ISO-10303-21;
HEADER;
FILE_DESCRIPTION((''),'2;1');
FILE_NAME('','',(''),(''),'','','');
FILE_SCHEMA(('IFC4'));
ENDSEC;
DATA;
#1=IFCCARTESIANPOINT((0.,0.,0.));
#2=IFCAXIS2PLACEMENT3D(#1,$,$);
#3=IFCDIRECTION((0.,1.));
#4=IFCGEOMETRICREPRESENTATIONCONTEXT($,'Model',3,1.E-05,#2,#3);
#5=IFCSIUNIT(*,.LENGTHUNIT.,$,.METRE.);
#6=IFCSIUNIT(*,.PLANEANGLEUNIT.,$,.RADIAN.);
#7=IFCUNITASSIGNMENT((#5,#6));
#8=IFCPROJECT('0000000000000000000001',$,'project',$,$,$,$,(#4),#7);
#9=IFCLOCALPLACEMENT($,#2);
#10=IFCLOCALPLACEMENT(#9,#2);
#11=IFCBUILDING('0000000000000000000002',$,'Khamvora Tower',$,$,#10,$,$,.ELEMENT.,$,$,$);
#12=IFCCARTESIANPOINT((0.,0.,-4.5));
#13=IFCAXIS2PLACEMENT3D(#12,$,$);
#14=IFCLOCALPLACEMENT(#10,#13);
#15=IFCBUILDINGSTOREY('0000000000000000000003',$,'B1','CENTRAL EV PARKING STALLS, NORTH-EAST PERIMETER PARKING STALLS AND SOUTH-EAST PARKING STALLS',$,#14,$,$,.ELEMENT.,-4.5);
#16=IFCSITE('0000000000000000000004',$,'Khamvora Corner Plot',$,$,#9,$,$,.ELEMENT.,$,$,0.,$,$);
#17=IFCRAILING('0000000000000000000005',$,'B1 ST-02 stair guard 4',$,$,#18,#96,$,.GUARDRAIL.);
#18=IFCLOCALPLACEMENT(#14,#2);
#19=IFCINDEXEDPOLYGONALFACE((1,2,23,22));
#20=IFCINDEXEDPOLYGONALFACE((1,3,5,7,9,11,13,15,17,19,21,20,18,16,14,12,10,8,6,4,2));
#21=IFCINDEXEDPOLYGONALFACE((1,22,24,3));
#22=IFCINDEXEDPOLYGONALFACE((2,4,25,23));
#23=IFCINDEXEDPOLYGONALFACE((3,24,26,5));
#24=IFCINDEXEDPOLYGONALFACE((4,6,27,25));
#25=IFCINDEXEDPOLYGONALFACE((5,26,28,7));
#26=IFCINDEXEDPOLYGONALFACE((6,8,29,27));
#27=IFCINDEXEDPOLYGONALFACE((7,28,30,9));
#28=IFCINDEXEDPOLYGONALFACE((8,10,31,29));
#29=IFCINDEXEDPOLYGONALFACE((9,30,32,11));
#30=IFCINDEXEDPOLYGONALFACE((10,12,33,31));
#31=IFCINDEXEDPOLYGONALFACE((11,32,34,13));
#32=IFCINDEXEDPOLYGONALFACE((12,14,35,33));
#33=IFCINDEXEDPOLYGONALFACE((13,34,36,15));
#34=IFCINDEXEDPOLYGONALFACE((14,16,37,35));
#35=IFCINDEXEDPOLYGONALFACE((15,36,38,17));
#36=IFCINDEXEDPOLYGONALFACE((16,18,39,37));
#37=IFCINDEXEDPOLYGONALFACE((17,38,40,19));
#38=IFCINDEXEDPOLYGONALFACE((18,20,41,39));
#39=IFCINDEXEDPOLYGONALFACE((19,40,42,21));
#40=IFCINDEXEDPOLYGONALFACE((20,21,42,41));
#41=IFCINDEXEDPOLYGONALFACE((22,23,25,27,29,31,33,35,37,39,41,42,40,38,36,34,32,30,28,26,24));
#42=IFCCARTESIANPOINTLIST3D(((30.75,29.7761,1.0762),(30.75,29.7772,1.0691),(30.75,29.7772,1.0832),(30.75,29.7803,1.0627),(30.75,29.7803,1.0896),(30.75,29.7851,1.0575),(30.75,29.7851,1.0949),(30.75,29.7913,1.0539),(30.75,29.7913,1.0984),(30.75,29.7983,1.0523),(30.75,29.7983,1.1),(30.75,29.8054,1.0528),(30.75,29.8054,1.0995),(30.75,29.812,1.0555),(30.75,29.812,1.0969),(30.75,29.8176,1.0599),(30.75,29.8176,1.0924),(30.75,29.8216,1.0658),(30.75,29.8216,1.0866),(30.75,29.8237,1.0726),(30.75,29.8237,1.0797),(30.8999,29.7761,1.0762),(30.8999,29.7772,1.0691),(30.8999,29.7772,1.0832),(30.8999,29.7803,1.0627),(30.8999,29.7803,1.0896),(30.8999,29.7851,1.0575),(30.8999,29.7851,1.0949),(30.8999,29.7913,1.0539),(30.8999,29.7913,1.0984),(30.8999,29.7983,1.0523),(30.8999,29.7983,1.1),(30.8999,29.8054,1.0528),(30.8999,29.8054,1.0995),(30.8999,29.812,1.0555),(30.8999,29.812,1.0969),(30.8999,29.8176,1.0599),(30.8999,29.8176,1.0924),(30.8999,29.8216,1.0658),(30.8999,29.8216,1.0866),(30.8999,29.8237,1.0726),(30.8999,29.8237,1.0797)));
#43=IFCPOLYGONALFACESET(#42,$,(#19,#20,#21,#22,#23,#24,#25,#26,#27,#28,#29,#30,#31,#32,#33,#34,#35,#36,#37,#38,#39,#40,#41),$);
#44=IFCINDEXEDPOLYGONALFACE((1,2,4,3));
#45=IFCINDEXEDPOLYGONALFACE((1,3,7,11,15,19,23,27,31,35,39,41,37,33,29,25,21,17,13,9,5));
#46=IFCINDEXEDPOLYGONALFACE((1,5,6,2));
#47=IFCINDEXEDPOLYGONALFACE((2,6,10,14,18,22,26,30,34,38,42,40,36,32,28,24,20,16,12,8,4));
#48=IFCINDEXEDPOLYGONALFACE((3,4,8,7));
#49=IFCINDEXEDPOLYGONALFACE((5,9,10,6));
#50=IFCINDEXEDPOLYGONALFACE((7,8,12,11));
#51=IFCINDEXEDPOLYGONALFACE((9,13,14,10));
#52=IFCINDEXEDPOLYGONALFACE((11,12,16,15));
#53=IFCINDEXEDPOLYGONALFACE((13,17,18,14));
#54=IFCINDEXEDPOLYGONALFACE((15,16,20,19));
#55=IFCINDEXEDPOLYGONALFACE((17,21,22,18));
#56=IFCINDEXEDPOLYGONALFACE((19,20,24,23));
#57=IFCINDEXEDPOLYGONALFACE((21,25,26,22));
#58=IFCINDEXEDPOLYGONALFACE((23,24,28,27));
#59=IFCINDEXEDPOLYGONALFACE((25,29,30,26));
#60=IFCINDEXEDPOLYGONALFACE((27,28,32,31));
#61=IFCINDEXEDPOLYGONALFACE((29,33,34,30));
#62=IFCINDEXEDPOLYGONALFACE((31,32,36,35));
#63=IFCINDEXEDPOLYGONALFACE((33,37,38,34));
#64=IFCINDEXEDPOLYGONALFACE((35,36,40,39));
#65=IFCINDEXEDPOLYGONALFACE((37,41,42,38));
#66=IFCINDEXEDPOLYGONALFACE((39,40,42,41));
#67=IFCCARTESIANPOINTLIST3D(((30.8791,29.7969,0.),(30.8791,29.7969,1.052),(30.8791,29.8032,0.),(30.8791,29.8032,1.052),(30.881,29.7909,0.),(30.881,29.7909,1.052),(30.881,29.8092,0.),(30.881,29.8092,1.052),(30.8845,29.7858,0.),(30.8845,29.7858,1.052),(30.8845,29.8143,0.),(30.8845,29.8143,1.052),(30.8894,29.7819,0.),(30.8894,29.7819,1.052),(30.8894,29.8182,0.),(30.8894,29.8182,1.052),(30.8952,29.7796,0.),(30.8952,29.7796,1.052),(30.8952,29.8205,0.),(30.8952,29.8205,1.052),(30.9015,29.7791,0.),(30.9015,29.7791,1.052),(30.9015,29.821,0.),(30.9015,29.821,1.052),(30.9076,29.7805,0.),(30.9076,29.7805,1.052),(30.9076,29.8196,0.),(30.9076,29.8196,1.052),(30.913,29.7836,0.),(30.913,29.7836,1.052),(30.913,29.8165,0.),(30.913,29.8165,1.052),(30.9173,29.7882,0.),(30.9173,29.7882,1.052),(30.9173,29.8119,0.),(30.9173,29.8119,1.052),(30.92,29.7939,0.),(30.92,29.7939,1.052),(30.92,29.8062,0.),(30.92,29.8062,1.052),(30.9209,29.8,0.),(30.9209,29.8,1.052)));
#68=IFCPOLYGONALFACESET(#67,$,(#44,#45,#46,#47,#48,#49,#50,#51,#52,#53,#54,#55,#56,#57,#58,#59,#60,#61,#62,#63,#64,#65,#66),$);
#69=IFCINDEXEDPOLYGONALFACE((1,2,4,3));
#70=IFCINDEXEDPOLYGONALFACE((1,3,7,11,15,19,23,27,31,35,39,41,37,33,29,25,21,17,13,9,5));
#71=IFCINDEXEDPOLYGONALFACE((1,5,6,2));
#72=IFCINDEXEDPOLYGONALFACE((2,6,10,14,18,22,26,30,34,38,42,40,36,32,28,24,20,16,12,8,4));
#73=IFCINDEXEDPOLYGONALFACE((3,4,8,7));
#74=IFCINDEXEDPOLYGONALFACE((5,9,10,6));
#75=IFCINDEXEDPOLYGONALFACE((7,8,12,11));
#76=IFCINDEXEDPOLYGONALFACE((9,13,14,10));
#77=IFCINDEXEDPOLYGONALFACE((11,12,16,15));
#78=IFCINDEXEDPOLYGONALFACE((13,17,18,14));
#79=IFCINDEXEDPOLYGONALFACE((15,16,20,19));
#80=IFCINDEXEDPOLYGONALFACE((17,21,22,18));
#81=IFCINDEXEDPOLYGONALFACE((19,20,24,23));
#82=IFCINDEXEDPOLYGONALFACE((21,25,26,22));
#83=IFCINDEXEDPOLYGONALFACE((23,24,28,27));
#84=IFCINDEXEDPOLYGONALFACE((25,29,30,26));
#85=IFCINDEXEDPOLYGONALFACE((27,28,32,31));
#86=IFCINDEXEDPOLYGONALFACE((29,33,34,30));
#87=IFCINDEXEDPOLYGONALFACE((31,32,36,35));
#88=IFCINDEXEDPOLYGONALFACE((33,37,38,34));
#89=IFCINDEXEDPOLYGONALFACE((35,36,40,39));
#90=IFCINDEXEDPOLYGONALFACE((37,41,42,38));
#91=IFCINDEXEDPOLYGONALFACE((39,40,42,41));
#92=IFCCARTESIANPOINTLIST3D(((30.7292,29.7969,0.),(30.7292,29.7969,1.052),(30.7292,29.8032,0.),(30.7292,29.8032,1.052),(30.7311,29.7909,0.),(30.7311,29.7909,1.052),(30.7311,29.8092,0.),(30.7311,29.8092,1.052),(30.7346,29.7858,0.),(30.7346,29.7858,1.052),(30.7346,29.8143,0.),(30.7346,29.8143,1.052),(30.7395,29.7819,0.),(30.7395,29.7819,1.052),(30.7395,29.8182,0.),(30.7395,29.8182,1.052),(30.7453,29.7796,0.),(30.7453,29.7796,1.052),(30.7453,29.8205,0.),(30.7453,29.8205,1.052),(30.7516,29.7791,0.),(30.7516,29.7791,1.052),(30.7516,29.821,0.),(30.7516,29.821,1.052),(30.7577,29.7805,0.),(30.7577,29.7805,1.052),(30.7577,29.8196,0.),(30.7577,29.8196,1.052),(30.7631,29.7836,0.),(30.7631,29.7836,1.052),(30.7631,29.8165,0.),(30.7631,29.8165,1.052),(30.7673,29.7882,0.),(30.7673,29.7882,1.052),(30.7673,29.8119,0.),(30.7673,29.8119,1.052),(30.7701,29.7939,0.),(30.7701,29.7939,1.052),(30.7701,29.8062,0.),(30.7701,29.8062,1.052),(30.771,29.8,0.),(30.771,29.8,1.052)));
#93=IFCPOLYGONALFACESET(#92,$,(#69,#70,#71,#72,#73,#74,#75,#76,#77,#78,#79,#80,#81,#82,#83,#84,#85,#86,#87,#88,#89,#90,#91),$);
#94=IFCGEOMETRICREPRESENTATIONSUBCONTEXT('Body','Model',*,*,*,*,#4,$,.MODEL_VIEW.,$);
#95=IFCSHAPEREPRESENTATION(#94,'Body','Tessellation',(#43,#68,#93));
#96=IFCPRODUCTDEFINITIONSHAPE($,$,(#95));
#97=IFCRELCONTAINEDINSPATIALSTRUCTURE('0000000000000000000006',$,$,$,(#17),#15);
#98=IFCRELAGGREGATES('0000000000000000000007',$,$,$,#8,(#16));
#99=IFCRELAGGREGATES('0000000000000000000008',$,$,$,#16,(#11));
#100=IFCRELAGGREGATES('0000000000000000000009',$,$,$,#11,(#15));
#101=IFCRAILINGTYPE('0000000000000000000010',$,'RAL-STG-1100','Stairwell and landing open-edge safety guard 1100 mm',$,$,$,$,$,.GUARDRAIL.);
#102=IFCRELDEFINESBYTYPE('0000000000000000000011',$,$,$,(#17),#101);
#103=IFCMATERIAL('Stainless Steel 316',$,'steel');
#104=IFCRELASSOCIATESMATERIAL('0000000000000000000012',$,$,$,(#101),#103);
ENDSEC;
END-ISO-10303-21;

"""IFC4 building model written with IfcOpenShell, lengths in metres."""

from ifc_helpers import new_model, si_unit, direction, frame, origin, origin_2d, place, context, subcontext, project, spatial, circle, extrude, material, type_object, element, save


model = new_model("IFC4")

# Units and contexts
model_context = context("Model", 3, precision=1e-05, world=origin(), true_north=direction((0.0, 1.0)))
body_context = subcontext(model_context, "Body", "Model", "MODEL_VIEW")
ifc_project = project(units=[si_unit("LENGTHUNIT", "METRE"), si_unit("PLANEANGLEUNIT", "RADIAN")], contexts=[model_context])

# Site, building, storey
site_placement = place(None, origin())
site = spatial("IfcSite", under=ifc_project, at=site_placement, Name="Khamvora Corner Plot", CompositionType="ELEMENT", RefElevation=0.0)
building_placement = place(site_placement, origin())
building = spatial("IfcBuilding", under=site, at=building_placement, Name="Khamvora Tower", CompositionType="ELEMENT")
storey_placement = place(building_placement, frame((0.0, 0.0, -4.5)))
storey = spatial("IfcBuildingStorey", under=building, at=storey_placement, Name="B1", Description="CENTRAL EV PARKING STALLS, NORTH-EAST PERIMETER PARKING STALLS AND SOUTH-EAST PARKING STALLS", CompositionType="ELEMENT", Elevation=-4.5)

# Railing
ifc_material_1 = material(Name="Stainless Steel 316", Category="steel")
railing_type_1 = type_object("IfcRailingType", Name="RAL-STG-1100", Description="Stairwell and landing open-edge safety guard 1100 mm", PredefinedType="GUARDRAIL", material=ifc_material_1)
railing_1_placement = place(storey_placement, frame((30.8999, 29.8, 0.0)))
element("IfcRailing", 1, at=railing_1_placement, inside=storey, type_object=railing_type_1, Name="B1 ST-02 stair guard 4", PredefinedType="GUARDRAIL", context=body_context, shape_type="SweptSolid", body=[
    extrude(circle(Radius=0.0239, at=origin_2d()), frame((0.0, 0.0, 1.0762), z_axis=(-1.0, 0.0, 0.0), x_axis=(0.0, -1.0, 0.0)), (0.0, 0.0, 1.0), 0.1499),
    extrude(circle(Radius=0.021, at=origin_2d()), origin(), (0.0, 0.0, 1.0), 1.052),
    extrude(circle(Radius=0.021, at=origin_2d()), frame((-0.1499, 0.0, 0.0)), (0.0, 0.0, 1.0), 1.052),
])

save(model, "model.ifc")
